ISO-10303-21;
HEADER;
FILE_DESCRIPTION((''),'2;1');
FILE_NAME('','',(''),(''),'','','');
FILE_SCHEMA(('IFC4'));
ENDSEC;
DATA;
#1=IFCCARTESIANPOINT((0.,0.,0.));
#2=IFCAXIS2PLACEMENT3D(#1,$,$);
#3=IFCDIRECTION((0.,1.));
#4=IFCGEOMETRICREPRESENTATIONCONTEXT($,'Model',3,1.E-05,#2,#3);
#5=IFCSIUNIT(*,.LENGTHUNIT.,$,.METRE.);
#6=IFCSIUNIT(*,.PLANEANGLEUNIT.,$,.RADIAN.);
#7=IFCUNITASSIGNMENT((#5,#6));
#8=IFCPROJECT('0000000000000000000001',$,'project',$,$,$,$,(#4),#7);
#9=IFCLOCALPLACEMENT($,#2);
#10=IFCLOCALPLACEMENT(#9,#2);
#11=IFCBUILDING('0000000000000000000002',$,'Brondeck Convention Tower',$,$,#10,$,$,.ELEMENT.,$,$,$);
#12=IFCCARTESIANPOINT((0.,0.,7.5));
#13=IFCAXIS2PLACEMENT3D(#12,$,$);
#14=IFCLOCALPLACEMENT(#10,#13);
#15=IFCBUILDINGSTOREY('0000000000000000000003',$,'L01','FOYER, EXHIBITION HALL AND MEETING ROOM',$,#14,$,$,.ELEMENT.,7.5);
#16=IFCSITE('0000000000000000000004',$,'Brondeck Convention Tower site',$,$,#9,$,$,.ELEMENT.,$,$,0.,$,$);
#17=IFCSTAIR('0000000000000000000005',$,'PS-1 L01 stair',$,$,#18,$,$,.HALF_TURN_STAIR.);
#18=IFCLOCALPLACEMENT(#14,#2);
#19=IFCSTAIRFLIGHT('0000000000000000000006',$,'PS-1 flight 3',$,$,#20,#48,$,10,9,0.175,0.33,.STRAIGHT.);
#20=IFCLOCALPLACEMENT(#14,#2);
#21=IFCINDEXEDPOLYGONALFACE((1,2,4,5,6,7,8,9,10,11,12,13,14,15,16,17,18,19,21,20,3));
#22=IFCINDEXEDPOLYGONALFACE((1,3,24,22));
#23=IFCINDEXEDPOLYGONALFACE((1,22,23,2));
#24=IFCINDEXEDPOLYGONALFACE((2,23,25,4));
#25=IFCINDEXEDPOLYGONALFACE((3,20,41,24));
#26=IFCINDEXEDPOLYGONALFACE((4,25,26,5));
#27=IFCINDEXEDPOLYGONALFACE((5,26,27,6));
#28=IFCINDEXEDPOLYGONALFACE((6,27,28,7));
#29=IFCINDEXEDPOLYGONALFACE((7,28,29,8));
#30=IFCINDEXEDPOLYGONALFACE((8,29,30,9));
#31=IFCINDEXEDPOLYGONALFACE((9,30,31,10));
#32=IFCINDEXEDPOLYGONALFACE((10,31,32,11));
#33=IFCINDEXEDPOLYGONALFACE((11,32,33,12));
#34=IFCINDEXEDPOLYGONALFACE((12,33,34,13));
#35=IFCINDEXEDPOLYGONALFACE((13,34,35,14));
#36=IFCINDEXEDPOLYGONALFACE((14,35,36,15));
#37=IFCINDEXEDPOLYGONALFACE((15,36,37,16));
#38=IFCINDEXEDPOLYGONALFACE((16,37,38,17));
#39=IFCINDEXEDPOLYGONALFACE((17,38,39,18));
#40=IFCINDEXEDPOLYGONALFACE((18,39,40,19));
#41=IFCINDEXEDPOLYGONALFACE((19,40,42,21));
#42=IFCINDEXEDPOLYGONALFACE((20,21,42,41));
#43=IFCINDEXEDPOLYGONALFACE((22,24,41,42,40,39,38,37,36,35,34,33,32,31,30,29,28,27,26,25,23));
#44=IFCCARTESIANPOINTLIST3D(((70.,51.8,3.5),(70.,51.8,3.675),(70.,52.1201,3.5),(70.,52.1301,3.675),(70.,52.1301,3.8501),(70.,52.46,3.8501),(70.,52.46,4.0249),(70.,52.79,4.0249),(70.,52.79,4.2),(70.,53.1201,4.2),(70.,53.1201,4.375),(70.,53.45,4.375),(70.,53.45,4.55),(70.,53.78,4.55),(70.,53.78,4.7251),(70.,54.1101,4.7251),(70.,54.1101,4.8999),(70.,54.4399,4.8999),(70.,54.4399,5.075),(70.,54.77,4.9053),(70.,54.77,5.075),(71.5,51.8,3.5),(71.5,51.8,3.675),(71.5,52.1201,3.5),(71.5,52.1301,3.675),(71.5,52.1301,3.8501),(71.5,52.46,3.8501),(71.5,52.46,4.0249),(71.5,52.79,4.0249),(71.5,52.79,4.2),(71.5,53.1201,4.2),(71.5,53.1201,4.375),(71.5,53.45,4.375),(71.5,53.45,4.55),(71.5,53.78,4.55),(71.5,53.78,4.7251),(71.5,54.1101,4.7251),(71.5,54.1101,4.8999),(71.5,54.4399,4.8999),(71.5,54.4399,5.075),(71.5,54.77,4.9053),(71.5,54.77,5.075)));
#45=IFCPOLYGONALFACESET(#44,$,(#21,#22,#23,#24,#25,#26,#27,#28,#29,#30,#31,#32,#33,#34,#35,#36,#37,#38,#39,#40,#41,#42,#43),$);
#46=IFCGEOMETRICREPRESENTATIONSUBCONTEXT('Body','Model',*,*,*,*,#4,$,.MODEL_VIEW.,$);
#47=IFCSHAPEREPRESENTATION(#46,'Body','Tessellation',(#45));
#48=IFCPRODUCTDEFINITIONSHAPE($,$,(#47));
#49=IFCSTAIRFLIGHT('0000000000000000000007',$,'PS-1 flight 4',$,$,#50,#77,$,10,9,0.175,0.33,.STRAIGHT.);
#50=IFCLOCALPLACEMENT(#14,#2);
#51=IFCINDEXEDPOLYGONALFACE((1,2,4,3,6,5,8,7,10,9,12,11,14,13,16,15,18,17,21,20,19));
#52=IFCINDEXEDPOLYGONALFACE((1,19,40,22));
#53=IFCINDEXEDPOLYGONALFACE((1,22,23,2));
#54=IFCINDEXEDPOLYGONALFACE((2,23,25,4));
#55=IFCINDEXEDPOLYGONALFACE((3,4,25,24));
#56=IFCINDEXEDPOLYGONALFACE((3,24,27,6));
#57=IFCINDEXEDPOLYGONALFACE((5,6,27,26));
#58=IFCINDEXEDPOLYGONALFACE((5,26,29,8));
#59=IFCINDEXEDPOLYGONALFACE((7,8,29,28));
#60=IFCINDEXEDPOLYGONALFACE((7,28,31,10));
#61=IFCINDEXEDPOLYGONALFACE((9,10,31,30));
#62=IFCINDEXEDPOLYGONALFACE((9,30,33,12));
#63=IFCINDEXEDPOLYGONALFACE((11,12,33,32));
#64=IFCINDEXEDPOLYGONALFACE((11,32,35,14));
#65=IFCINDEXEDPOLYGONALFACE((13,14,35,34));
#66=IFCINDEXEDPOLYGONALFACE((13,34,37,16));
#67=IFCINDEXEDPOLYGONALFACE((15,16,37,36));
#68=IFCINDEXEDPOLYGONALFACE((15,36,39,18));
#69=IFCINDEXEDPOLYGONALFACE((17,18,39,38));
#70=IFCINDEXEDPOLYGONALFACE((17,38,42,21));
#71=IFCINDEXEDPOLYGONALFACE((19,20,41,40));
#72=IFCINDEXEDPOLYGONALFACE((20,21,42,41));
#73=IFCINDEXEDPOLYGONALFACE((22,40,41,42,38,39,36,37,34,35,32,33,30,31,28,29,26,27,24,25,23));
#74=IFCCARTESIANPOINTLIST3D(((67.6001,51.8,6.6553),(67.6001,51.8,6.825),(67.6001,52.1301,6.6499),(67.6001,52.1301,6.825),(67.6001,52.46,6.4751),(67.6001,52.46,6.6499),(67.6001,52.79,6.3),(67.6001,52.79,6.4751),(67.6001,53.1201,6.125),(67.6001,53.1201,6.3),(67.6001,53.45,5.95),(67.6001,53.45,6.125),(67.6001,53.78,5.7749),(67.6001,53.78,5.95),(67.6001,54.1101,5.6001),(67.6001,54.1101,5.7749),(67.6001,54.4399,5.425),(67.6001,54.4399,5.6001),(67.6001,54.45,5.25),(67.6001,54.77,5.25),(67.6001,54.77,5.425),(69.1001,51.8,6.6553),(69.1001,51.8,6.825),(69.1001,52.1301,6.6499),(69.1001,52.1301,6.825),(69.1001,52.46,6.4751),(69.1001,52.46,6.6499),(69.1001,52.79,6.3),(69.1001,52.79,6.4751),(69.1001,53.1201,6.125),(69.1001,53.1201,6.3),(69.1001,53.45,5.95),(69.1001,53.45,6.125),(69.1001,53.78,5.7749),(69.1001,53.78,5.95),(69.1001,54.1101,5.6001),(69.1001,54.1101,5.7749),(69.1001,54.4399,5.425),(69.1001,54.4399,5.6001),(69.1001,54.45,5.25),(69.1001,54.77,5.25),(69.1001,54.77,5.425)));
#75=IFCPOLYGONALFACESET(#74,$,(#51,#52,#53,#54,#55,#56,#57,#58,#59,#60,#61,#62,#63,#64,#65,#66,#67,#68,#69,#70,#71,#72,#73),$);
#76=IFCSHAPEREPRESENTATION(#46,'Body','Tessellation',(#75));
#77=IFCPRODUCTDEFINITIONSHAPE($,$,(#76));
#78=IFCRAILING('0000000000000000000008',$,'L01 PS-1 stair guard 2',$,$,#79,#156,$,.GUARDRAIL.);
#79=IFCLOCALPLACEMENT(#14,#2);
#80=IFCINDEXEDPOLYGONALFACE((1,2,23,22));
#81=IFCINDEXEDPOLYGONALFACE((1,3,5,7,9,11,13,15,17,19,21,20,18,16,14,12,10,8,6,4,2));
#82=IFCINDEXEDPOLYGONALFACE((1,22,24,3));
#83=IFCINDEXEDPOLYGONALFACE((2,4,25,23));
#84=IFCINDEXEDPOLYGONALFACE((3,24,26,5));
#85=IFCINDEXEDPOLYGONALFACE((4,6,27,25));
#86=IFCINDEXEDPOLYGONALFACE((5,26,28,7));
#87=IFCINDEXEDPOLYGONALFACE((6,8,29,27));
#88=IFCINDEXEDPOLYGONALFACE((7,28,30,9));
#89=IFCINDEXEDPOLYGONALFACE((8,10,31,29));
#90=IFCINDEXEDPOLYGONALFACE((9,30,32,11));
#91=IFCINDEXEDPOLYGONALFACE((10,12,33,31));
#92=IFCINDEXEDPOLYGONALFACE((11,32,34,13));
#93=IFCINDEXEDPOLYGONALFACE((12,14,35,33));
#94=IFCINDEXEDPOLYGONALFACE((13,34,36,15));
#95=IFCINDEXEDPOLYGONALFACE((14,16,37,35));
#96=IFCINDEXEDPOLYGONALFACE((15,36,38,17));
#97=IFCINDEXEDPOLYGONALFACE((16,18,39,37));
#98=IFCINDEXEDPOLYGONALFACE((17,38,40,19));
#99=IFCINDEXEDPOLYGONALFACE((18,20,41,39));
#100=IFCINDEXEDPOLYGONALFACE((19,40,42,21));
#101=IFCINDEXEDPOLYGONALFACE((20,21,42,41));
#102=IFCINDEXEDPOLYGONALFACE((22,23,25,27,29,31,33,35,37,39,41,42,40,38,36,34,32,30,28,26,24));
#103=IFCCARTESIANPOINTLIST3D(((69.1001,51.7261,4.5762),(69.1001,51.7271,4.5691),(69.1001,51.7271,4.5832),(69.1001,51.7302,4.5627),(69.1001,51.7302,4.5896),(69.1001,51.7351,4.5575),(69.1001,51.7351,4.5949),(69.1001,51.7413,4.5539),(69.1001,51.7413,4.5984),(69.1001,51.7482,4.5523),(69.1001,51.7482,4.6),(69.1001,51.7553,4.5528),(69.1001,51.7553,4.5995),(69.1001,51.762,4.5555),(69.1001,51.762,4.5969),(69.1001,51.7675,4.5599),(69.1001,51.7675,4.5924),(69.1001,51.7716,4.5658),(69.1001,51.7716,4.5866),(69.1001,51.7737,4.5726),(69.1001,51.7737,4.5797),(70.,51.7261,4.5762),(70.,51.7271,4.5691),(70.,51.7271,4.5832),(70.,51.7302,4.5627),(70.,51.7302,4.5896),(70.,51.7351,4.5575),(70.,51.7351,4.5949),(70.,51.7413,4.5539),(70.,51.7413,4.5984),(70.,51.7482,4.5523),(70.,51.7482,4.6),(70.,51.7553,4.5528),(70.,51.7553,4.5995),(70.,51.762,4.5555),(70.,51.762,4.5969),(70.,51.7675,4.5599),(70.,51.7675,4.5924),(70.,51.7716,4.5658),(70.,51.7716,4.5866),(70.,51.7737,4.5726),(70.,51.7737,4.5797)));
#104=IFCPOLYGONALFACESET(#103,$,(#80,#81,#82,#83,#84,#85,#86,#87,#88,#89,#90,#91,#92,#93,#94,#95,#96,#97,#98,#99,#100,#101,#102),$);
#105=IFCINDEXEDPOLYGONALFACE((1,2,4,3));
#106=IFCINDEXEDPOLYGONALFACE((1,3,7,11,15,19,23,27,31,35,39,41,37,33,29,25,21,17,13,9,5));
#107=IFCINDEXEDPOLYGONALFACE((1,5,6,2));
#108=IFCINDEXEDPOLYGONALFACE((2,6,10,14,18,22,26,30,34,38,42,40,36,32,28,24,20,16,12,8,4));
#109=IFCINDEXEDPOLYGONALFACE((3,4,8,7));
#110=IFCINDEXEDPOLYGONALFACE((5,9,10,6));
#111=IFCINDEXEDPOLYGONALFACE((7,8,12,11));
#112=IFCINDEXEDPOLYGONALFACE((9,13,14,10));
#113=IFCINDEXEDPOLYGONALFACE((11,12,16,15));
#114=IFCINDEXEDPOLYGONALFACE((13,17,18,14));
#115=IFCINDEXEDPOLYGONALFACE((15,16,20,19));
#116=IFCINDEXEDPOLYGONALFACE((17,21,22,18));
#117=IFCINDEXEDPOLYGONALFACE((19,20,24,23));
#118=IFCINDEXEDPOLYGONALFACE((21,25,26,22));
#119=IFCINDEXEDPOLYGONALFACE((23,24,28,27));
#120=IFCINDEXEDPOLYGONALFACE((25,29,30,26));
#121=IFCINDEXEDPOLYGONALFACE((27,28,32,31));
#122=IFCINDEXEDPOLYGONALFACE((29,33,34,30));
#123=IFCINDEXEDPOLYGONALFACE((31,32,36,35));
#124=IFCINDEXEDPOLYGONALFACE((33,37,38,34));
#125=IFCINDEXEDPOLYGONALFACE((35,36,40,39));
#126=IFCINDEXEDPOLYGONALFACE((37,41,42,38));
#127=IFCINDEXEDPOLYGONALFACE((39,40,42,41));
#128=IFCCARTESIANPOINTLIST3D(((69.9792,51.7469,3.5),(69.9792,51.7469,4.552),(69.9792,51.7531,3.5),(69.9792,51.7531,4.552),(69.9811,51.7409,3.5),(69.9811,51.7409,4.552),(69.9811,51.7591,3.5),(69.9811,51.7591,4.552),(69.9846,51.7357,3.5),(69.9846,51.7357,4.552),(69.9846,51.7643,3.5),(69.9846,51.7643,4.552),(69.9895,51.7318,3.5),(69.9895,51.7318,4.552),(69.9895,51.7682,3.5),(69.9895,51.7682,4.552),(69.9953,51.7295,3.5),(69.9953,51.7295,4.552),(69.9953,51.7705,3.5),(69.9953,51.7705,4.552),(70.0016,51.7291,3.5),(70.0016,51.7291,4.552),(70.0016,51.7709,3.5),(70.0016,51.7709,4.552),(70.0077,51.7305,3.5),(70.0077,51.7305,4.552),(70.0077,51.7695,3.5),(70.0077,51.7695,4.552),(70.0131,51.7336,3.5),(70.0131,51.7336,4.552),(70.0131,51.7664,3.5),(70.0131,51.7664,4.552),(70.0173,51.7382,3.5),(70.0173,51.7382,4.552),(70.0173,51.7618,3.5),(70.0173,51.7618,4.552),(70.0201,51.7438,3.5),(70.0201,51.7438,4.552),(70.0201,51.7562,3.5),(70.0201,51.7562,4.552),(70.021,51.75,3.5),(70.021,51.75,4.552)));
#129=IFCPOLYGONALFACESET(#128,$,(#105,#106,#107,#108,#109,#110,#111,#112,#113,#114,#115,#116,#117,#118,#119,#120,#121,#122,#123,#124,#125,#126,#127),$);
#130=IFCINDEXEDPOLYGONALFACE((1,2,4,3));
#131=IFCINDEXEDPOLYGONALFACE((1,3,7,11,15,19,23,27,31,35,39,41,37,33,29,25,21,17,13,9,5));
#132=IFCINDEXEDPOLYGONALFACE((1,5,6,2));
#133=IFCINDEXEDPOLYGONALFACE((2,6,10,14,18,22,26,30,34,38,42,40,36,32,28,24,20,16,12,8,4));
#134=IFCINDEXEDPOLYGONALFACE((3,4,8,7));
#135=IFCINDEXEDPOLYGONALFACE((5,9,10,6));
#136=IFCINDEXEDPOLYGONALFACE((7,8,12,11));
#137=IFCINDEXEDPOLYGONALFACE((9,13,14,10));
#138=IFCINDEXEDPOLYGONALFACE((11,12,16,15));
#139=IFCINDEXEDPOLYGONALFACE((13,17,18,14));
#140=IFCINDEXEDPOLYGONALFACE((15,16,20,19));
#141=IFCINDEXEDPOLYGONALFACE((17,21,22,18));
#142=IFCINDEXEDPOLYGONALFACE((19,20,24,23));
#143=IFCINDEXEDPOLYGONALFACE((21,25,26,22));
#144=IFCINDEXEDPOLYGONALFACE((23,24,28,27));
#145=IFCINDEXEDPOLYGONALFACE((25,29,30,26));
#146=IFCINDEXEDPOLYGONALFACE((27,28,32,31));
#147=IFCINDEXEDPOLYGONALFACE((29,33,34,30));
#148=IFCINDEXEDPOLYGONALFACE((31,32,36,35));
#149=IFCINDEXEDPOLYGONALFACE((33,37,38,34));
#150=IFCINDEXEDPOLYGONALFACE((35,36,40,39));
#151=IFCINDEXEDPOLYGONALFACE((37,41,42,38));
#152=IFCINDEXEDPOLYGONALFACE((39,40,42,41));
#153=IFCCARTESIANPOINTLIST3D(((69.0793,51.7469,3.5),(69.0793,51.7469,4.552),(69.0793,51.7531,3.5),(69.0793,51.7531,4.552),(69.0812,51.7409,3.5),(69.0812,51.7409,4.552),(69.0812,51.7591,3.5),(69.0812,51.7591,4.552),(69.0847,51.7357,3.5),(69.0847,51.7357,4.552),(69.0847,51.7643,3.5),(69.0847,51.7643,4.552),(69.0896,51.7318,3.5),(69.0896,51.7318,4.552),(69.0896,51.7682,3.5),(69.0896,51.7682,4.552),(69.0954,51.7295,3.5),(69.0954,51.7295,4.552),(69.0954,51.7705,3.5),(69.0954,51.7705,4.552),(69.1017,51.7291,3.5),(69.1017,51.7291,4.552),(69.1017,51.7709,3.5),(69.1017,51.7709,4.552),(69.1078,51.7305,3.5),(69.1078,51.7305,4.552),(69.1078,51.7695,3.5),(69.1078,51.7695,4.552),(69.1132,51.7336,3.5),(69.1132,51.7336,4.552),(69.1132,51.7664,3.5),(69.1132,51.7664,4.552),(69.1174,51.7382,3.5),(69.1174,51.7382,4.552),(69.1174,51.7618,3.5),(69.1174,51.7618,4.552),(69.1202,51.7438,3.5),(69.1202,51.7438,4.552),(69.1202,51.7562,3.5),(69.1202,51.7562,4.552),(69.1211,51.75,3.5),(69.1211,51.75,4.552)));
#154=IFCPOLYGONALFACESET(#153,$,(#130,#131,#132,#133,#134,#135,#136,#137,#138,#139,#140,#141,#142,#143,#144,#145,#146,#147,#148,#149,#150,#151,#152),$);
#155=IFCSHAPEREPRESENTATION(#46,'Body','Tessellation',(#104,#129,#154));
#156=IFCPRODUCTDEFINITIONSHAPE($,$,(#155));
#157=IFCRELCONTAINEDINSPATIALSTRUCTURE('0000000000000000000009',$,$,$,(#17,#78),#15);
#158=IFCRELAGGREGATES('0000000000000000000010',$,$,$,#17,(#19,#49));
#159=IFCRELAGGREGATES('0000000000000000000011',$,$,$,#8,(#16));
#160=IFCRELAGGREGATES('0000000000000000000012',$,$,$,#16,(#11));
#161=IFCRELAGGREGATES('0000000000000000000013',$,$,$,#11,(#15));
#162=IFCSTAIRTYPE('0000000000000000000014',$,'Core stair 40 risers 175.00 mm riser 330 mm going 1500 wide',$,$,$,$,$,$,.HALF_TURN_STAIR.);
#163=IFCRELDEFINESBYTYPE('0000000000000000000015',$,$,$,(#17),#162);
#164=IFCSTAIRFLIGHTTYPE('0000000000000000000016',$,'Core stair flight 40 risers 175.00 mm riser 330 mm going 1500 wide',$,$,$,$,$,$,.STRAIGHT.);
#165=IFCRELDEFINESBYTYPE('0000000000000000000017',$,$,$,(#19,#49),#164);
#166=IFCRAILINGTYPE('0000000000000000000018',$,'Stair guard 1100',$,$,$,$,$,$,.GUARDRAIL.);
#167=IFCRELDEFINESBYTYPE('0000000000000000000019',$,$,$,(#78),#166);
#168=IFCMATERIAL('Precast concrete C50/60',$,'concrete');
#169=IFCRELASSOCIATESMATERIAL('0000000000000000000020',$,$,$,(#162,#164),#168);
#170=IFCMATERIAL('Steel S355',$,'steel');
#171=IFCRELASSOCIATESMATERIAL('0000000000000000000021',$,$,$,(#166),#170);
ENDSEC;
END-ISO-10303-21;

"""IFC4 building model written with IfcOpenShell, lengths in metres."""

from ifc_helpers import new_model, si_unit, direction, frame, origin, origin_2d, place, context, subcontext, project, spatial, polyline, circle, outline, extrude, material, type_object, element, aggregate, save


model = new_model("IFC4")

# Units and contexts
model_context = context("Model", 3, precision=1e-05, world=origin(), true_north=direction((0.0, 1.0)))
body_context = subcontext(model_context, "Body", "Model", "MODEL_VIEW")
ifc_project = project(units=[si_unit("LENGTHUNIT", "METRE"), si_unit("PLANEANGLEUNIT", "RADIAN")], contexts=[model_context])

# Site, building, storey
site_placement = place(None, origin())
site = spatial("IfcSite", under=ifc_project, at=site_placement, Name="Brondeck Convention Tower site", CompositionType="ELEMENT", RefElevation=0.0)
building_placement = place(site_placement, origin())
building = spatial("IfcBuilding", under=site, at=building_placement, Name="Brondeck Convention Tower", CompositionType="ELEMENT")
storey_placement = place(building_placement, frame((0.0, 0.0, 7.5)))
storey = spatial("IfcBuildingStorey", under=building, at=storey_placement, Name="L01", Description="FOYER, EXHIBITION HALL AND MEETING ROOM", CompositionType="ELEMENT", Elevation=7.5)

# Stair, stair flights
ifc_material_1 = material(Name="Precast concrete C50/60", Category="concrete")
stair_type = type_object("IfcStairType", Name="Core stair 40 risers 175.00 mm riser 330 mm going 1500 wide", PredefinedType="HALF_TURN_STAIR", material=ifc_material_1)
stair_placement = place(storey_placement, origin())
stair = element("IfcStair", 1, at=stair_placement, inside=storey, type_object=stair_type, Name="PS-1 L01 stair", PredefinedType="HALF_TURN_STAIR")
stair_flight_type = type_object("IfcStairFlightType", Name="Core stair flight 40 risers 175.00 mm riser 330 mm going 1500 wide", PredefinedType="STRAIGHT", material=ifc_material_1)
stair_flight_1_placement = place(storey_placement, frame((70.75, 51.8, 3.5), z_axis=(0.0, 0.0, 1.0), x_axis=(0.0, 1.0, 0.0)))
stair_flight_1 = element("IfcStairFlight", 2, at=stair_flight_1_placement, type_object=stair_flight_type, Name="PS-1 flight 3", NumberOfRisers=10, NumberOfTreads=9, PredefinedType="STRAIGHT", RiserHeight=0.175, TreadLength=0.33, context=body_context, shape_type="SweptSolid", body=[
    extrude(outline(polyline([(0.0, 0.0), (0.0, 0.175), (0.3301, 0.175), (0.3301, 0.3501), (0.6599, 0.3501), (0.6599, 0.5249), (0.99, 0.5249), (0.99, 0.7), (1.3201, 0.7), (1.3201, 0.875), (1.6499, 0.875), (1.6499, 1.05), (1.98, 1.05), (1.98, 1.2251), (2.3101, 1.2251), (2.3101, 1.3999), (2.6399, 1.3999), (2.6399, 1.575), (2.97, 1.575), (2.97, 1.75), (2.97, 1.4053), (0.3201, 0.0), (0.0, 0.0)])), frame((0.0, 0.75, 0.0), z_axis=(0.0, -1.0, 0.0), x_axis=(1.0, 0.0, 0.0)), (0.0, 0.0, 1.0), 1.5),
])
stair_flight_2_placement = place(storey_placement, frame((68.3501, 54.77, 5.25), z_axis=(0.0, 0.0, 1.0), x_axis=(0.0, -1.0, 0.0)))
stair_flight_2 = element("IfcStairFlight", 3, at=stair_flight_2_placement, type_object=stair_flight_type, Name="PS-1 flight 4", NumberOfRisers=10, NumberOfTreads=9, PredefinedType="STRAIGHT", RiserHeight=0.175, TreadLength=0.33, context=body_context, shape_type="SweptSolid", body=[
    extrude(outline(polyline([(0.0, 0.0), (0.0, 0.175), (0.3301, 0.175), (0.3301, 0.3501), (0.6599, 0.3501), (0.6599, 0.5249), (0.99, 0.5249), (0.99, 0.7), (1.3201, 0.7), (1.3201, 0.875), (1.6499, 0.875), (1.6499, 1.05), (1.98, 1.05), (1.98, 1.2251), (2.3101, 1.2251), (2.3101, 1.3999), (2.6399, 1.3999), (2.6399, 1.575), (2.97, 1.575), (2.97, 1.75), (2.97, 1.4053), (0.3201, 0.0), (0.0, 0.0)])), frame((0.0, 0.75, 0.0), z_axis=(0.0, -1.0, 0.0), x_axis=(1.0, 0.0, 0.0)), (0.0, 0.0, 1.0), 1.5),
])
aggregate(stair, [stair_flight_1, stair_flight_2])

# Railing
ifc_material_2 = material(Name="Steel S355", Category="steel")
railing_type_1 = type_object("IfcRailingType", Name="Stair guard 1100", PredefinedType="GUARDRAIL", material=ifc_material_2)
railing_1_placement = place(storey_placement, frame((70.0, 51.75, 3.5)))
element("IfcRailing", 4, at=railing_1_placement, inside=storey, type_object=railing_type_1, Name="L01 PS-1 stair guard 2", PredefinedType="GUARDRAIL", context=body_context, shape_type="SweptSolid", body=[
    extrude(circle(Radius=0.0239, at=origin_2d()), frame((0.0, 0.0, 1.0762), z_axis=(-1.0, 0.0, 0.0), x_axis=(0.0, -1.0, 0.0)), (0.0, 0.0, 1.0), 0.8999),
    extrude(circle(Radius=0.021, at=origin_2d()), origin(), (0.0, 0.0, 1.0), 1.052),
    extrude(circle(Radius=0.021, at=origin_2d()), frame((-0.8999, 0.0, 0.0)), (0.0, 0.0, 1.0), 1.052),
])

save(model, "model.ifc")
